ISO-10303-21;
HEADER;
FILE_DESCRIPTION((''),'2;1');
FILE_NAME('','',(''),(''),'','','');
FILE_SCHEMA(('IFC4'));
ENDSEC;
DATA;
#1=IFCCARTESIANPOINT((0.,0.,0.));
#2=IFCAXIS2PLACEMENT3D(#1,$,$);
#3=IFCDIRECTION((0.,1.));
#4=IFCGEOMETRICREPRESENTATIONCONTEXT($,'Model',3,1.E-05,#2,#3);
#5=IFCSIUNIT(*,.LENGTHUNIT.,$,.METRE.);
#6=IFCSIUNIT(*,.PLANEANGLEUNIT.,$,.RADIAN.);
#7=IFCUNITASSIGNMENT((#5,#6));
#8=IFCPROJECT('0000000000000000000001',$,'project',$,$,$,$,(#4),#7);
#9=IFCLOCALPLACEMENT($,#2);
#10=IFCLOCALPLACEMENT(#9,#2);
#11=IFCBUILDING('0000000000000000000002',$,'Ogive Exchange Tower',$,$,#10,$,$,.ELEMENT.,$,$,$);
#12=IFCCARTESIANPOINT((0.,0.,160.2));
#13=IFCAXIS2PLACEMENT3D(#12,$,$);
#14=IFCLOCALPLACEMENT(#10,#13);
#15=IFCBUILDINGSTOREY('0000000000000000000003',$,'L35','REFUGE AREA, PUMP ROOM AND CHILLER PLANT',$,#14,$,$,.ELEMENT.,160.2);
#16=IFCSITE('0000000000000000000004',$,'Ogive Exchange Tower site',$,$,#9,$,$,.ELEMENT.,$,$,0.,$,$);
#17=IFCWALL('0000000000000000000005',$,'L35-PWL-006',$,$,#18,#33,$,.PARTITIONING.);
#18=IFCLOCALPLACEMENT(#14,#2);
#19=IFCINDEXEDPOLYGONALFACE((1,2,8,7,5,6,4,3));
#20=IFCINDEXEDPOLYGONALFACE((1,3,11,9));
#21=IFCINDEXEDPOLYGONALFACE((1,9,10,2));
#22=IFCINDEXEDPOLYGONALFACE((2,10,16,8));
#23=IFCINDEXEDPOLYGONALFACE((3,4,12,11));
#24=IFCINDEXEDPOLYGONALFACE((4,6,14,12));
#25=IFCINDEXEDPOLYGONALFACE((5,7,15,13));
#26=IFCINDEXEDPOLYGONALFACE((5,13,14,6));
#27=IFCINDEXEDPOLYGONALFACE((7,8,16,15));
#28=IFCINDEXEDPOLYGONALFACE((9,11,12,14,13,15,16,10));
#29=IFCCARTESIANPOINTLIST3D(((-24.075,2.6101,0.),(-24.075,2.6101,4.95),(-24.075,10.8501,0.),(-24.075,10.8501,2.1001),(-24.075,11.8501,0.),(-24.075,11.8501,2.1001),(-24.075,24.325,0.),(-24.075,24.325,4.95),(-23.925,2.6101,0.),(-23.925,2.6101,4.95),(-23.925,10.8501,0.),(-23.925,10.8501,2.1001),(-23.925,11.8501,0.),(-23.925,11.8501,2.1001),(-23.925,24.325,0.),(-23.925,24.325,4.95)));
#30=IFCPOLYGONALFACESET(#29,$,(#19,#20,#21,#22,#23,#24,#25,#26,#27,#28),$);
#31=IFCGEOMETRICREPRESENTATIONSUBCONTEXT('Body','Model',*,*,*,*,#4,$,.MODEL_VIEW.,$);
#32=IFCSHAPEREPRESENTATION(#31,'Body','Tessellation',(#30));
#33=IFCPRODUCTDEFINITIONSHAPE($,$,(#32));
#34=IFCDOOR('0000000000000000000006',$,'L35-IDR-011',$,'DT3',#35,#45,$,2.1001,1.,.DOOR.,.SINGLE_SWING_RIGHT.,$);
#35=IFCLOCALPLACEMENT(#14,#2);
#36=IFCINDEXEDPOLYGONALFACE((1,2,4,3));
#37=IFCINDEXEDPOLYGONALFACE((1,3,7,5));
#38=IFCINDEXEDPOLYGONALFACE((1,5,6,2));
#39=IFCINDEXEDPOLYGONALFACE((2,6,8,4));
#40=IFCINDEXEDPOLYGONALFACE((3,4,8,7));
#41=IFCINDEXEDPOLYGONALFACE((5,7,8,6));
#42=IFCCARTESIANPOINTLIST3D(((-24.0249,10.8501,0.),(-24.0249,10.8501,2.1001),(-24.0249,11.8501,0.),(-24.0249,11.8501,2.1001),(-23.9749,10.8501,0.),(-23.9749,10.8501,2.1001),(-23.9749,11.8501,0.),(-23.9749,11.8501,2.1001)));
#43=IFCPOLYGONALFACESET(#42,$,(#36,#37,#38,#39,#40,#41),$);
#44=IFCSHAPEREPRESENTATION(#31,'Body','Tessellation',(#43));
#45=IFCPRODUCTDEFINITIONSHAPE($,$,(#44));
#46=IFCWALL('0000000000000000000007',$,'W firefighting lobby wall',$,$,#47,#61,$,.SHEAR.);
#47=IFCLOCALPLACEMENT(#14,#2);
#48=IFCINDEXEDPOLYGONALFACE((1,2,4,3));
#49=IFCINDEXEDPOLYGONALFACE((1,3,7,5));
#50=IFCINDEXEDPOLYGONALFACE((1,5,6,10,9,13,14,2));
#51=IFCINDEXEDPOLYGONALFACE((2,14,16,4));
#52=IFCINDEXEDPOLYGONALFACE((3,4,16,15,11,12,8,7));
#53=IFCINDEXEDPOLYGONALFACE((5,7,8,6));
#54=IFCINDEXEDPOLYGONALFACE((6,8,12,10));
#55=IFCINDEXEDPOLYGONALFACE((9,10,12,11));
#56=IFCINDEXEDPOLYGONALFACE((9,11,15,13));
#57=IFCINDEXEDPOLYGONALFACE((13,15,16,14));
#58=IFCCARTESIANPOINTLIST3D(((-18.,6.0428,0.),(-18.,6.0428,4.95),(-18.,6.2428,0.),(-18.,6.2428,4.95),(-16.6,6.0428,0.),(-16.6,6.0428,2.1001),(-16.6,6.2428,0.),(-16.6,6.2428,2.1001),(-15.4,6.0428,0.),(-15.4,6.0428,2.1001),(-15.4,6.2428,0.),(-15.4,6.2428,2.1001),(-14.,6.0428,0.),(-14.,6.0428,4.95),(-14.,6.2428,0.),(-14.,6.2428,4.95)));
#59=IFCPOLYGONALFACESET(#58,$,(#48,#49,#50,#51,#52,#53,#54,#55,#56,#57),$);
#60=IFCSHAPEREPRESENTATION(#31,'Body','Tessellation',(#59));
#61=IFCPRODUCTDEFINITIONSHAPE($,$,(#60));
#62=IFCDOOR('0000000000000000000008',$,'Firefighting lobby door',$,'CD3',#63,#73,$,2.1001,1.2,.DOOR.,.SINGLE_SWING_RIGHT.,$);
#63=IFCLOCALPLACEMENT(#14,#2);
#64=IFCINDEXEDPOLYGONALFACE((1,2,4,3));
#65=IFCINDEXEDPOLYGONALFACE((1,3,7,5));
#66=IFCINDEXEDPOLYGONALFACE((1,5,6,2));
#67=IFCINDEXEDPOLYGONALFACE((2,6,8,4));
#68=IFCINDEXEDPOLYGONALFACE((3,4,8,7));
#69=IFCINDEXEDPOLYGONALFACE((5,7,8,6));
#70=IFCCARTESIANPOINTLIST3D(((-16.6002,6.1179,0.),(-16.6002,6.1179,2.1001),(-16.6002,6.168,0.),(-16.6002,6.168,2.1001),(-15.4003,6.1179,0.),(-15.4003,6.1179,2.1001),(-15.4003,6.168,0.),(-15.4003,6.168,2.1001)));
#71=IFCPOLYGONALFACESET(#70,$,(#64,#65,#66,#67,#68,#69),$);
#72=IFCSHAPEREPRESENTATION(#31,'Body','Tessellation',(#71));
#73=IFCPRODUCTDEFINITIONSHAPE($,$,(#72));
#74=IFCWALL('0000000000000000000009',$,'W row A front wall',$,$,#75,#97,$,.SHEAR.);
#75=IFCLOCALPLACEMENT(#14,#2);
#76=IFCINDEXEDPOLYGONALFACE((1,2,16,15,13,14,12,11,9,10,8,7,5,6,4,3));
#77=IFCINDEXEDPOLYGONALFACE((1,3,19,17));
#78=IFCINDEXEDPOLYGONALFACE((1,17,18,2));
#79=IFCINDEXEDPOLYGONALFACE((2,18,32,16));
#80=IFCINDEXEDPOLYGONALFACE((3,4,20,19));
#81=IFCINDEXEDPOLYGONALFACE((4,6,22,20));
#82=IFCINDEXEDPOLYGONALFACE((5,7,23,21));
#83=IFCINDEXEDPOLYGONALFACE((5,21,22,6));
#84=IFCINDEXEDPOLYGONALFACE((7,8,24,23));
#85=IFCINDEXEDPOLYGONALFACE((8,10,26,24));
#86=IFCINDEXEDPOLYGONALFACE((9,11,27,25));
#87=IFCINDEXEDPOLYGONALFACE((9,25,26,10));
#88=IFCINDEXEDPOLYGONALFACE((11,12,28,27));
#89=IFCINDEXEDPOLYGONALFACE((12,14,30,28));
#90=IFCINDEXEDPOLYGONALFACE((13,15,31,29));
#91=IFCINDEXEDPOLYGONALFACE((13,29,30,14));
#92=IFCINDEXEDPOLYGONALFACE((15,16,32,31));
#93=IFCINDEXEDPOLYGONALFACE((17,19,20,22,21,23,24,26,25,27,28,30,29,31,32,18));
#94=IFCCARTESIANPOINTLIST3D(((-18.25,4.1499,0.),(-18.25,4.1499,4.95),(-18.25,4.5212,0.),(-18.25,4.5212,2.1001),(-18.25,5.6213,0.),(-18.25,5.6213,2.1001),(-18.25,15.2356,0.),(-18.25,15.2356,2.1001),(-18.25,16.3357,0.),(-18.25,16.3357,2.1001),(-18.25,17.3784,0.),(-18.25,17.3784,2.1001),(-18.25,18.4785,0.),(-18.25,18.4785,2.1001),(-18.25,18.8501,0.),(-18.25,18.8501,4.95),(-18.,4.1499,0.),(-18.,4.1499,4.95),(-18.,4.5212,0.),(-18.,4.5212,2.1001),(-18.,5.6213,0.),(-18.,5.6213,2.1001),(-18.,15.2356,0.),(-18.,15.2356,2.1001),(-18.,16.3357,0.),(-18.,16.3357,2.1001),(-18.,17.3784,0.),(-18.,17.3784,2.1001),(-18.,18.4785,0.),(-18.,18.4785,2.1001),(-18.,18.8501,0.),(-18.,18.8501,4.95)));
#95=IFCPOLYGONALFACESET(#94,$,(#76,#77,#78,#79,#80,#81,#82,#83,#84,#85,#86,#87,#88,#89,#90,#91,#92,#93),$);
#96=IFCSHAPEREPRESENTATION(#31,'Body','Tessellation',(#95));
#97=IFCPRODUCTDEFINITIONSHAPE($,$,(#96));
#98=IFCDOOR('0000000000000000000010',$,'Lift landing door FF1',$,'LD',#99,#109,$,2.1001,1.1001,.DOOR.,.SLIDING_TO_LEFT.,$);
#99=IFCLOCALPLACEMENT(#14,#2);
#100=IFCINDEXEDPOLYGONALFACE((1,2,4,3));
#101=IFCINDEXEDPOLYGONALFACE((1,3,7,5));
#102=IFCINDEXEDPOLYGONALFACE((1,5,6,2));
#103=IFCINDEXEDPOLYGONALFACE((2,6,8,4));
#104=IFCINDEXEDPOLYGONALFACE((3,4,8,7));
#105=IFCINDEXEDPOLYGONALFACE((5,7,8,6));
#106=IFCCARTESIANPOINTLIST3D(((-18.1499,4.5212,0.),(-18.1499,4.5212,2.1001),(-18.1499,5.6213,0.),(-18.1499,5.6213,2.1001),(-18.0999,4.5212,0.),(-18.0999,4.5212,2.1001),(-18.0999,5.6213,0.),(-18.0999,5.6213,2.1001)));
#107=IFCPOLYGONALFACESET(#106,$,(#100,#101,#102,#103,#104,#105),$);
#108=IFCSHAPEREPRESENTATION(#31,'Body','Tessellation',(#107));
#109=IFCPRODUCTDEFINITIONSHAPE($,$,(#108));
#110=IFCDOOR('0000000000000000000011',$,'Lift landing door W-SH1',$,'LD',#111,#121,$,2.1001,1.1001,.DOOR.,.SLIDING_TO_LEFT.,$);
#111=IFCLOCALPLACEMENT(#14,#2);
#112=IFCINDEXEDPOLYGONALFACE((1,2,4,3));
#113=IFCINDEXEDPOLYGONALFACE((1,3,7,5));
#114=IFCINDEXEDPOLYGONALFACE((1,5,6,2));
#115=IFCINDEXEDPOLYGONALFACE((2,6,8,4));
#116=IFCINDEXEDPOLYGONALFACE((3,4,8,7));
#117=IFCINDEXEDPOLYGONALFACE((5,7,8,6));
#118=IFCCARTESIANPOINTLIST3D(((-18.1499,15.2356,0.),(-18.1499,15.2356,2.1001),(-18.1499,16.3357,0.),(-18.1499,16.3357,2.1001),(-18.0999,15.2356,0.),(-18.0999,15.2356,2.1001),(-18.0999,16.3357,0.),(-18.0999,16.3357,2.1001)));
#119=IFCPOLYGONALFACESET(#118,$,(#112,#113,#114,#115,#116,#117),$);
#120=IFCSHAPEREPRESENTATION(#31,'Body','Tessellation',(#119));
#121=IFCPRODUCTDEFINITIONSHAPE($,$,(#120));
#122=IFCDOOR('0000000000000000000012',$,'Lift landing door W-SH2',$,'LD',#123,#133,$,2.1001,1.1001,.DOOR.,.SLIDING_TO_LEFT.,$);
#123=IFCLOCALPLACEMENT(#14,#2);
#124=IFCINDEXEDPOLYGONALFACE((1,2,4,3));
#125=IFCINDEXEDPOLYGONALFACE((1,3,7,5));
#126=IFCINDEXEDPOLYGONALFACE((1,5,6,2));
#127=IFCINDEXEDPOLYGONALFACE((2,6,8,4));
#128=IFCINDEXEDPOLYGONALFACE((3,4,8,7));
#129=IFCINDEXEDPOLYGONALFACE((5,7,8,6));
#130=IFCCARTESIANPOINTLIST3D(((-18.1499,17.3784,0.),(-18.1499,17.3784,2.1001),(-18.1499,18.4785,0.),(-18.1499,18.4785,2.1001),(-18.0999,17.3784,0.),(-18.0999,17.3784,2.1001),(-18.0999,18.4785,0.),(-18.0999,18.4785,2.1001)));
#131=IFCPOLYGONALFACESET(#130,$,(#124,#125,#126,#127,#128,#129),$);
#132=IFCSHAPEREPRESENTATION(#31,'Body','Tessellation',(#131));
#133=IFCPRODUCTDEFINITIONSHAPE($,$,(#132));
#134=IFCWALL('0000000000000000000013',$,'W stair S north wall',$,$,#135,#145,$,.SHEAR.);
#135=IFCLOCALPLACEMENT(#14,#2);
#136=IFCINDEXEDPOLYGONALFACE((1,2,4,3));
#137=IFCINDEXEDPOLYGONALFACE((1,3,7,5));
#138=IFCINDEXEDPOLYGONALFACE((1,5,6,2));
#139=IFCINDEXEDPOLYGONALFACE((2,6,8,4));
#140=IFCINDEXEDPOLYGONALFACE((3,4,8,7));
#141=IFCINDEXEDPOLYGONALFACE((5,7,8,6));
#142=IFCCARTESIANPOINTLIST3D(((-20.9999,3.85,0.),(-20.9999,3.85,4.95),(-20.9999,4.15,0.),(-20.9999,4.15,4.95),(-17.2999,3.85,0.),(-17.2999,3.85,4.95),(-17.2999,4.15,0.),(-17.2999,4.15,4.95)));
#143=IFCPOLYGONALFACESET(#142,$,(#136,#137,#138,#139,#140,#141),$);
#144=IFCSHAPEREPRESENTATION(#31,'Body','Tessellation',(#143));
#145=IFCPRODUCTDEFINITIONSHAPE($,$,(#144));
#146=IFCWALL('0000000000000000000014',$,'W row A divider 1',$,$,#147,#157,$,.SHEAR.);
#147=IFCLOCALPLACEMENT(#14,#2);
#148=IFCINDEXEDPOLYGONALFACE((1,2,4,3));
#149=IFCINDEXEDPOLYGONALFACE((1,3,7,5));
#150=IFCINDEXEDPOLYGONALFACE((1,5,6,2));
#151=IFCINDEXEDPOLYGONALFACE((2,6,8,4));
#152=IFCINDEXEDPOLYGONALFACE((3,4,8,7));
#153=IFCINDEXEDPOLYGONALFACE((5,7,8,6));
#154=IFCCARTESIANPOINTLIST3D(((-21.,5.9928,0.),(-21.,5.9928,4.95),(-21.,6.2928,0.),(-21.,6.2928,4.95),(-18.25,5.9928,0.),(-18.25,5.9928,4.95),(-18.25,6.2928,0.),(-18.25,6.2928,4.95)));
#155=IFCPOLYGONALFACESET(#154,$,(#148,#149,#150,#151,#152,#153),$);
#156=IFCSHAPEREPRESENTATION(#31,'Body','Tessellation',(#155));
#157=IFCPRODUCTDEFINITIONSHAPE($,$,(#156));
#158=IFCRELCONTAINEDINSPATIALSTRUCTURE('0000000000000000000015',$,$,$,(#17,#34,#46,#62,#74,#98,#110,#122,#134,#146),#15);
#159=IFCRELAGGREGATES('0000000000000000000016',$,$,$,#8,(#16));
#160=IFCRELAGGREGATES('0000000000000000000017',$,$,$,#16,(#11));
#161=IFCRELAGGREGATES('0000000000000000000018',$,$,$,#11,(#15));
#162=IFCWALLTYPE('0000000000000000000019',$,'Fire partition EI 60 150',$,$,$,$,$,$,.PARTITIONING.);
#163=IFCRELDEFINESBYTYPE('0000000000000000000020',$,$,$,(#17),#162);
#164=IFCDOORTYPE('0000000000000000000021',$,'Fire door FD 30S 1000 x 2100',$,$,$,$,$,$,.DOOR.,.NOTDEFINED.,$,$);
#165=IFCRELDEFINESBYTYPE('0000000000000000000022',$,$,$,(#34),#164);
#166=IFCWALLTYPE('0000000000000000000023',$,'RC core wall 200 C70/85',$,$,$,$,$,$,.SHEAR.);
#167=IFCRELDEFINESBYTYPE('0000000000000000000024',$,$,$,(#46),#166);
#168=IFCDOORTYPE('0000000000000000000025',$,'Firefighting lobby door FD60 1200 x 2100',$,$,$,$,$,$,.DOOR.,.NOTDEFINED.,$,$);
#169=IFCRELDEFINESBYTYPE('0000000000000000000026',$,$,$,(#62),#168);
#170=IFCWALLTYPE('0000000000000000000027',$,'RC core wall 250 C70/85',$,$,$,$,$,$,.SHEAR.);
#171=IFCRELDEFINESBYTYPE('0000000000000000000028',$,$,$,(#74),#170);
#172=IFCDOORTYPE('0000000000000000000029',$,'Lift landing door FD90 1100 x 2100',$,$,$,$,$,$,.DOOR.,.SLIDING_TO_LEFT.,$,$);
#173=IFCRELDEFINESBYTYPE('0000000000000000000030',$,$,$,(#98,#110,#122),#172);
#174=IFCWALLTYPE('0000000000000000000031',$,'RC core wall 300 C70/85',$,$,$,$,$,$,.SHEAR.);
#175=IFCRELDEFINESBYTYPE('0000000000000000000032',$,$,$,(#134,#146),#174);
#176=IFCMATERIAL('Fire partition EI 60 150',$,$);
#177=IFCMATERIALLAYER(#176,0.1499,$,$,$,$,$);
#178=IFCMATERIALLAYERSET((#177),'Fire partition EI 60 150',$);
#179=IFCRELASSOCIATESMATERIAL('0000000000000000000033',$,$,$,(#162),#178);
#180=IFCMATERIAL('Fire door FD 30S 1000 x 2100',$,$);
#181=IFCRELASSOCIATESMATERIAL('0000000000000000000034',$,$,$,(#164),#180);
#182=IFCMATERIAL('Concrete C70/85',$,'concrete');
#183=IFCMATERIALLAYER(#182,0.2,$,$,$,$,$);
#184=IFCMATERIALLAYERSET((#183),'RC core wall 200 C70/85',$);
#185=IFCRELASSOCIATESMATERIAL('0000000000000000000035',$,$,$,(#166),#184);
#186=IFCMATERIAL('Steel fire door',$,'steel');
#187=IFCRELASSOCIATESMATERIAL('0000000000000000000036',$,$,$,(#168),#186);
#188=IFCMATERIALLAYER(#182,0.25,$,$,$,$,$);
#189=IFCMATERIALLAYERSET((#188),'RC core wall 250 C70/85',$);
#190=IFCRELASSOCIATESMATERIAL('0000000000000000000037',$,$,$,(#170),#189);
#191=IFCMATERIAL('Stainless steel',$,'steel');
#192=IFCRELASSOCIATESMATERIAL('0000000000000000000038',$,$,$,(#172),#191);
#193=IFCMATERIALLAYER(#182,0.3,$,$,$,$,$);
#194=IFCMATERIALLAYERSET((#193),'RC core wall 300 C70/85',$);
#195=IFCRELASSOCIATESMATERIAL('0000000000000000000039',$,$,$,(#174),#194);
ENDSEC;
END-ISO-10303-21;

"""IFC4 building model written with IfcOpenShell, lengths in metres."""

from ifc_helpers import new_model, si_unit, direction, frame, frame_2d, origin, place, context, subcontext, project, spatial, rectangle, extrude, material, layer, layer_set, type_object, element, fill, save


model = new_model("IFC4")

# Units and contexts
model_context = context("Model", 3, precision=1e-05, world=origin(), true_north=direction((0.0, 1.0)))
body_context = subcontext(model_context, "Body", "Model", "MODEL_VIEW")
ifc_project = project(units=[si_unit("LENGTHUNIT", "METRE"), si_unit("PLANEANGLEUNIT", "RADIAN")], contexts=[model_context])

# Site, building, storey
site_placement = place(None, origin())
site = spatial("IfcSite", under=ifc_project, at=site_placement, Name="Ogive Exchange Tower site", CompositionType="ELEMENT", RefElevation=0.0)
building_placement = place(site_placement, origin())
building = spatial("IfcBuilding", under=site, at=building_placement, Name="Ogive Exchange Tower", CompositionType="ELEMENT")
storey_placement = place(building_placement, frame((0.0, 0.0, 160.2)))
storey = spatial("IfcBuildingStorey", under=building, at=storey_placement, Name="L35", Description="REFUGE AREA, PUMP ROOM AND CHILLER PLANT", CompositionType="ELEMENT", Elevation=160.2)

# Walls, openings, doors
ifc_material_1 = material(Name="Fire partition EI 60 150")
ifc_layer_1 = layer(ifc_material_1, 0.1499)
ifc_layer_set_1 = layer_set([ifc_layer_1], Name="Fire partition EI 60 150")
wall_type_1 = type_object("IfcWallType", Name="Fire partition EI 60 150", PredefinedType="PARTITIONING", material=ifc_layer_set_1)
wall_1_placement = place(storey_placement, frame((-24.0, 2.6101, 0.0), z_axis=(0.0, 0.0, 1.0), x_axis=(0.0, 1.0, 0.0)))
wall_1 = element("IfcWall", 1, at=wall_1_placement, inside=storey, type_object=wall_type_1, Name="L35-PWL-006", PredefinedType="PARTITIONING", context=body_context, shape_type="SweptSolid", body=[
    extrude(rectangle(XDim=21.7148, YDim=0.1499, at=frame_2d((10.8574, 0.0))), origin(), (0.0, 0.0, 1.0), 4.95),
])
opening_1_placement = place(wall_1_placement, frame((8.24, 0.0, 0.0)))
opening_1 = element("IfcOpeningElement", 2, at=opening_1_placement, cuts=wall_1, PredefinedType="OPENING", context=body_context, shape_type="SweptSolid", body=[
    extrude(rectangle(XDim=1.0, YDim=2.1001, at=frame_2d((0.5, 1.05))), frame((0.0, 0.085, 0.0), z_axis=(0.0, -1.0, 0.0), x_axis=(1.0, 0.0, 0.0)), (0.0, 0.0, 1.0), 0.1699),
])
ifc_material_2 = material(Name="Fire door FD 30S 1000 x 2100")
door_type_1 = type_object("IfcDoorType", Name="Fire door FD 30S 1000 x 2100", OperationType="NOTDEFINED", PredefinedType="DOOR", material=ifc_material_2)
door_1_placement = place(opening_1_placement, origin())
door_1 = element("IfcDoor", 3, at=door_1_placement, inside=storey, type_object=door_type_1, Name="L35-IDR-011", ObjectType="DT3", OperationType="SINGLE_SWING_RIGHT", OverallHeight=2.1001, OverallWidth=1.0, PredefinedType="DOOR", context=body_context, shape_type="SweptSolid", body=[
    extrude(rectangle(XDim=1.0, YDim=2.1001, at=frame_2d((0.5, 1.05))), frame((0.0, 0.0249, 0.0), z_axis=(0.0, -1.0, 0.0), x_axis=(1.0, 0.0, 0.0)), (0.0, 0.0, 1.0), 0.05),
])
fill(opening_1, door_1)
ifc_material_3 = material(Name="Concrete C70/85", Category="concrete")
ifc_layer_2 = layer(ifc_material_3, 0.2)
ifc_layer_set_2 = layer_set([ifc_layer_2], Name="RC core wall 200 C70/85")
wall_type_2 = type_object("IfcWallType", Name="RC core wall 200 C70/85", PredefinedType="SHEAR", material=ifc_layer_set_2)
wall_2_placement = place(storey_placement, frame((-18.0, 6.1428, 0.0), z_axis=(0.0, 0.0, 1.0), x_axis=(1.0, 0.0, 0.0)))
wall_2 = element("IfcWall", 4, at=wall_2_placement, inside=storey, type_object=wall_type_2, Name="W firefighting lobby wall", PredefinedType="SHEAR", context=body_context, shape_type="SweptSolid", body=[
    extrude(rectangle(XDim=4.0, YDim=0.2, at=frame_2d((2.0, 0.0))), origin(), (0.0, 0.0, 1.0), 4.95),
])
opening_2_placement = place(wall_2_placement, frame((1.3999, 0.0, 0.0)))
opening_2 = element("IfcOpeningElement", 5, at=opening_2_placement, cuts=wall_2, PredefinedType="OPENING", context=body_context, shape_type="SweptSolid", body=[
    extrude(rectangle(XDim=1.2, YDim=2.1001, at=frame_2d((0.6001, 1.05))), frame((0.0, 0.1099, 0.0), z_axis=(0.0, -1.0, 0.0), x_axis=(1.0, 0.0, 0.0)), (0.0, 0.0, 1.0), 0.22),
])
ifc_material_4 = material(Name="Steel fire door", Category="steel")
door_type_2 = type_object("IfcDoorType", Name="Firefighting lobby door FD60 1200 x 2100", OperationType="NOTDEFINED", PredefinedType="DOOR", material=ifc_material_4)
door_2_placement = place(opening_2_placement, frame((1.2, 0.0, 0.0), z_axis=(0.0, 0.0, 1.0), x_axis=(-1.0, 0.0, 0.0)))
door_2 = element("IfcDoor", 6, at=door_2_placement, inside=storey, type_object=door_type_2, Name="Firefighting lobby door", ObjectType="CD3", OperationType="SINGLE_SWING_RIGHT", OverallHeight=2.1001, OverallWidth=1.2, PredefinedType="DOOR", context=body_context, shape_type="SweptSolid", body=[
    extrude(rectangle(XDim=1.2, YDim=2.1001, at=frame_2d((0.6001, 1.05))), frame((0.0, 0.0249, 0.0), z_axis=(0.0, -1.0, 0.0), x_axis=(1.0, 0.0, 0.0)), (0.0, 0.0, 1.0), 0.05),
])
fill(opening_2, door_2)

# Wall, openings, doors
ifc_layer_3 = layer(ifc_material_3, 0.25)
ifc_layer_set_3 = layer_set([ifc_layer_3], Name="RC core wall 250 C70/85")
wall_type_3 = type_object("IfcWallType", Name="RC core wall 250 C70/85", PredefinedType="SHEAR", material=ifc_layer_set_3)
wall_3_placement = place(storey_placement, frame((-18.125, 4.1499, 0.0), z_axis=(0.0, 0.0, 1.0), x_axis=(0.0, 1.0, 0.0)))
wall_3 = element("IfcWall", 7, at=wall_3_placement, inside=storey, type_object=wall_type_3, Name="W row A front wall", PredefinedType="SHEAR", context=body_context, shape_type="SweptSolid", body=[
    extrude(rectangle(XDim=14.7002, YDim=0.25, at=frame_2d((7.3501, 0.0))), origin(), (0.0, 0.0, 1.0), 4.95),
])
opening_3_placement = place(wall_3_placement, frame((0.3713, 0.0, 0.0)))
opening_3 = element("IfcOpeningElement", 8, at=opening_3_placement, cuts=wall_3, PredefinedType="OPENING", context=body_context, shape_type="SweptSolid", body=[
    extrude(rectangle(XDim=1.1001, YDim=2.1001, at=frame_2d((0.55, 1.05))), frame((0.0, 0.135, 0.0), z_axis=(0.0, -1.0, 0.0), x_axis=(1.0, 0.0, 0.0)), (0.0, 0.0, 1.0), 0.27),
])
opening_4_placement = place(wall_3_placement, frame((11.0857, 0.0, 0.0)))
opening_4 = element("IfcOpeningElement", 9, at=opening_4_placement, cuts=wall_3, PredefinedType="OPENING", context=body_context, shape_type="SweptSolid", body=[
    extrude(rectangle(XDim=1.1001, YDim=2.1001, at=frame_2d((0.55, 1.05))), frame((0.0, 0.135, 0.0), z_axis=(0.0, -1.0, 0.0), x_axis=(1.0, 0.0, 0.0)), (0.0, 0.0, 1.0), 0.27),
])
opening_5_placement = place(wall_3_placement, frame((13.2285, 0.0, 0.0)))
opening_5 = element("IfcOpeningElement", 10, at=opening_5_placement, cuts=wall_3, PredefinedType="OPENING", context=body_context, shape_type="SweptSolid", body=[
    extrude(rectangle(XDim=1.1001, YDim=2.1001, at=frame_2d((0.55, 1.05))), frame((0.0, 0.135, 0.0), z_axis=(0.0, -1.0, 0.0), x_axis=(1.0, 0.0, 0.0)), (0.0, 0.0, 1.0), 0.27),
])
ifc_material_5 = material(Name="Stainless steel", Category="steel")
door_type_3 = type_object("IfcDoorType", Name="Lift landing door FD90 1100 x 2100", OperationType="SLIDING_TO_LEFT", PredefinedType="DOOR", material=ifc_material_5)
door_3_placement = place(opening_3_placement, origin())
door_3 = element("IfcDoor", 11, at=door_3_placement, inside=storey, type_object=door_type_3, Name="Lift landing door FF1", ObjectType="LD", OperationType="SLIDING_TO_LEFT", OverallHeight=2.1001, OverallWidth=1.1001, PredefinedType="DOOR", context=body_context, shape_type="SweptSolid", body=[
    extrude(rectangle(XDim=1.1001, YDim=2.1001, at=frame_2d((0.55, 1.05))), frame((0.0, 0.0249, 0.0), z_axis=(0.0, -1.0, 0.0), x_axis=(1.0, 0.0, 0.0)), (0.0, 0.0, 1.0), 0.05),
])
fill(opening_3, door_3)
door_4_placement = place(opening_4_placement, origin())
door_4 = element("IfcDoor", 12, at=door_4_placement, inside=storey, type_object=door_type_3, Name="Lift landing door W-SH1", ObjectType="LD", OperationType="SLIDING_TO_LEFT", OverallHeight=2.1001, OverallWidth=1.1001, PredefinedType="DOOR", context=body_context, shape_type="SweptSolid", body=[
    extrude(rectangle(XDim=1.1001, YDim=2.1001, at=frame_2d((0.55, 1.05))), frame((0.0, 0.0249, 0.0), z_axis=(0.0, -1.0, 0.0), x_axis=(1.0, 0.0, 0.0)), (0.0, 0.0, 1.0), 0.05),
])
fill(opening_4, door_4)
door_5_placement = place(opening_5_placement, origin())
door_5 = element("IfcDoor", 13, at=door_5_placement, inside=storey, type_object=door_type_3, Name="Lift landing door W-SH2", ObjectType="LD", OperationType="SLIDING_TO_LEFT", OverallHeight=2.1001, OverallWidth=1.1001, PredefinedType="DOOR", context=body_context, shape_type="SweptSolid", body=[
    extrude(rectangle(XDim=1.1001, YDim=2.1001, at=frame_2d((0.55, 1.05))), frame((0.0, 0.0249, 0.0), z_axis=(0.0, -1.0, 0.0), x_axis=(1.0, 0.0, 0.0)), (0.0, 0.0, 1.0), 0.05),
])
fill(opening_5, door_5)

# Walls
ifc_layer_4 = layer(ifc_material_3, 0.3)
ifc_layer_set_4 = layer_set([ifc_layer_4], Name="RC core wall 300 C70/85")
wall_type_4 = type_object("IfcWallType", Name="RC core wall 300 C70/85", PredefinedType="SHEAR", material=ifc_layer_set_4)
wall_4_placement = place(storey_placement, frame((-21.0, 4.0, 0.0), z_axis=(0.0, 0.0, 1.0), x_axis=(1.0, 0.0, 0.0)))
element("IfcWall", 14, at=wall_4_placement, inside=storey, type_object=wall_type_4, Name="W stair S north wall", PredefinedType="SHEAR", context=body_context, shape_type="SweptSolid", body=[
    extrude(rectangle(XDim=3.7, YDim=0.3, at=frame_2d((1.8501, 0.0))), origin(), (0.0, 0.0, 1.0), 4.95),
])
wall_5_placement = place(storey_placement, frame((-21.0, 6.1428, 0.0), z_axis=(0.0, 0.0, 1.0), x_axis=(1.0, 0.0, 0.0)))
element("IfcWall", 15, at=wall_5_placement, inside=storey, type_object=wall_type_4, Name="W row A divider 1", PredefinedType="SHEAR", context=body_context, shape_type="SweptSolid", body=[
    extrude(rectangle(XDim=2.75, YDim=0.3, at=frame_2d((1.375, 0.0))), origin(), (0.0, 0.0, 1.0), 4.95),
])

save(model, "model.ifc")
